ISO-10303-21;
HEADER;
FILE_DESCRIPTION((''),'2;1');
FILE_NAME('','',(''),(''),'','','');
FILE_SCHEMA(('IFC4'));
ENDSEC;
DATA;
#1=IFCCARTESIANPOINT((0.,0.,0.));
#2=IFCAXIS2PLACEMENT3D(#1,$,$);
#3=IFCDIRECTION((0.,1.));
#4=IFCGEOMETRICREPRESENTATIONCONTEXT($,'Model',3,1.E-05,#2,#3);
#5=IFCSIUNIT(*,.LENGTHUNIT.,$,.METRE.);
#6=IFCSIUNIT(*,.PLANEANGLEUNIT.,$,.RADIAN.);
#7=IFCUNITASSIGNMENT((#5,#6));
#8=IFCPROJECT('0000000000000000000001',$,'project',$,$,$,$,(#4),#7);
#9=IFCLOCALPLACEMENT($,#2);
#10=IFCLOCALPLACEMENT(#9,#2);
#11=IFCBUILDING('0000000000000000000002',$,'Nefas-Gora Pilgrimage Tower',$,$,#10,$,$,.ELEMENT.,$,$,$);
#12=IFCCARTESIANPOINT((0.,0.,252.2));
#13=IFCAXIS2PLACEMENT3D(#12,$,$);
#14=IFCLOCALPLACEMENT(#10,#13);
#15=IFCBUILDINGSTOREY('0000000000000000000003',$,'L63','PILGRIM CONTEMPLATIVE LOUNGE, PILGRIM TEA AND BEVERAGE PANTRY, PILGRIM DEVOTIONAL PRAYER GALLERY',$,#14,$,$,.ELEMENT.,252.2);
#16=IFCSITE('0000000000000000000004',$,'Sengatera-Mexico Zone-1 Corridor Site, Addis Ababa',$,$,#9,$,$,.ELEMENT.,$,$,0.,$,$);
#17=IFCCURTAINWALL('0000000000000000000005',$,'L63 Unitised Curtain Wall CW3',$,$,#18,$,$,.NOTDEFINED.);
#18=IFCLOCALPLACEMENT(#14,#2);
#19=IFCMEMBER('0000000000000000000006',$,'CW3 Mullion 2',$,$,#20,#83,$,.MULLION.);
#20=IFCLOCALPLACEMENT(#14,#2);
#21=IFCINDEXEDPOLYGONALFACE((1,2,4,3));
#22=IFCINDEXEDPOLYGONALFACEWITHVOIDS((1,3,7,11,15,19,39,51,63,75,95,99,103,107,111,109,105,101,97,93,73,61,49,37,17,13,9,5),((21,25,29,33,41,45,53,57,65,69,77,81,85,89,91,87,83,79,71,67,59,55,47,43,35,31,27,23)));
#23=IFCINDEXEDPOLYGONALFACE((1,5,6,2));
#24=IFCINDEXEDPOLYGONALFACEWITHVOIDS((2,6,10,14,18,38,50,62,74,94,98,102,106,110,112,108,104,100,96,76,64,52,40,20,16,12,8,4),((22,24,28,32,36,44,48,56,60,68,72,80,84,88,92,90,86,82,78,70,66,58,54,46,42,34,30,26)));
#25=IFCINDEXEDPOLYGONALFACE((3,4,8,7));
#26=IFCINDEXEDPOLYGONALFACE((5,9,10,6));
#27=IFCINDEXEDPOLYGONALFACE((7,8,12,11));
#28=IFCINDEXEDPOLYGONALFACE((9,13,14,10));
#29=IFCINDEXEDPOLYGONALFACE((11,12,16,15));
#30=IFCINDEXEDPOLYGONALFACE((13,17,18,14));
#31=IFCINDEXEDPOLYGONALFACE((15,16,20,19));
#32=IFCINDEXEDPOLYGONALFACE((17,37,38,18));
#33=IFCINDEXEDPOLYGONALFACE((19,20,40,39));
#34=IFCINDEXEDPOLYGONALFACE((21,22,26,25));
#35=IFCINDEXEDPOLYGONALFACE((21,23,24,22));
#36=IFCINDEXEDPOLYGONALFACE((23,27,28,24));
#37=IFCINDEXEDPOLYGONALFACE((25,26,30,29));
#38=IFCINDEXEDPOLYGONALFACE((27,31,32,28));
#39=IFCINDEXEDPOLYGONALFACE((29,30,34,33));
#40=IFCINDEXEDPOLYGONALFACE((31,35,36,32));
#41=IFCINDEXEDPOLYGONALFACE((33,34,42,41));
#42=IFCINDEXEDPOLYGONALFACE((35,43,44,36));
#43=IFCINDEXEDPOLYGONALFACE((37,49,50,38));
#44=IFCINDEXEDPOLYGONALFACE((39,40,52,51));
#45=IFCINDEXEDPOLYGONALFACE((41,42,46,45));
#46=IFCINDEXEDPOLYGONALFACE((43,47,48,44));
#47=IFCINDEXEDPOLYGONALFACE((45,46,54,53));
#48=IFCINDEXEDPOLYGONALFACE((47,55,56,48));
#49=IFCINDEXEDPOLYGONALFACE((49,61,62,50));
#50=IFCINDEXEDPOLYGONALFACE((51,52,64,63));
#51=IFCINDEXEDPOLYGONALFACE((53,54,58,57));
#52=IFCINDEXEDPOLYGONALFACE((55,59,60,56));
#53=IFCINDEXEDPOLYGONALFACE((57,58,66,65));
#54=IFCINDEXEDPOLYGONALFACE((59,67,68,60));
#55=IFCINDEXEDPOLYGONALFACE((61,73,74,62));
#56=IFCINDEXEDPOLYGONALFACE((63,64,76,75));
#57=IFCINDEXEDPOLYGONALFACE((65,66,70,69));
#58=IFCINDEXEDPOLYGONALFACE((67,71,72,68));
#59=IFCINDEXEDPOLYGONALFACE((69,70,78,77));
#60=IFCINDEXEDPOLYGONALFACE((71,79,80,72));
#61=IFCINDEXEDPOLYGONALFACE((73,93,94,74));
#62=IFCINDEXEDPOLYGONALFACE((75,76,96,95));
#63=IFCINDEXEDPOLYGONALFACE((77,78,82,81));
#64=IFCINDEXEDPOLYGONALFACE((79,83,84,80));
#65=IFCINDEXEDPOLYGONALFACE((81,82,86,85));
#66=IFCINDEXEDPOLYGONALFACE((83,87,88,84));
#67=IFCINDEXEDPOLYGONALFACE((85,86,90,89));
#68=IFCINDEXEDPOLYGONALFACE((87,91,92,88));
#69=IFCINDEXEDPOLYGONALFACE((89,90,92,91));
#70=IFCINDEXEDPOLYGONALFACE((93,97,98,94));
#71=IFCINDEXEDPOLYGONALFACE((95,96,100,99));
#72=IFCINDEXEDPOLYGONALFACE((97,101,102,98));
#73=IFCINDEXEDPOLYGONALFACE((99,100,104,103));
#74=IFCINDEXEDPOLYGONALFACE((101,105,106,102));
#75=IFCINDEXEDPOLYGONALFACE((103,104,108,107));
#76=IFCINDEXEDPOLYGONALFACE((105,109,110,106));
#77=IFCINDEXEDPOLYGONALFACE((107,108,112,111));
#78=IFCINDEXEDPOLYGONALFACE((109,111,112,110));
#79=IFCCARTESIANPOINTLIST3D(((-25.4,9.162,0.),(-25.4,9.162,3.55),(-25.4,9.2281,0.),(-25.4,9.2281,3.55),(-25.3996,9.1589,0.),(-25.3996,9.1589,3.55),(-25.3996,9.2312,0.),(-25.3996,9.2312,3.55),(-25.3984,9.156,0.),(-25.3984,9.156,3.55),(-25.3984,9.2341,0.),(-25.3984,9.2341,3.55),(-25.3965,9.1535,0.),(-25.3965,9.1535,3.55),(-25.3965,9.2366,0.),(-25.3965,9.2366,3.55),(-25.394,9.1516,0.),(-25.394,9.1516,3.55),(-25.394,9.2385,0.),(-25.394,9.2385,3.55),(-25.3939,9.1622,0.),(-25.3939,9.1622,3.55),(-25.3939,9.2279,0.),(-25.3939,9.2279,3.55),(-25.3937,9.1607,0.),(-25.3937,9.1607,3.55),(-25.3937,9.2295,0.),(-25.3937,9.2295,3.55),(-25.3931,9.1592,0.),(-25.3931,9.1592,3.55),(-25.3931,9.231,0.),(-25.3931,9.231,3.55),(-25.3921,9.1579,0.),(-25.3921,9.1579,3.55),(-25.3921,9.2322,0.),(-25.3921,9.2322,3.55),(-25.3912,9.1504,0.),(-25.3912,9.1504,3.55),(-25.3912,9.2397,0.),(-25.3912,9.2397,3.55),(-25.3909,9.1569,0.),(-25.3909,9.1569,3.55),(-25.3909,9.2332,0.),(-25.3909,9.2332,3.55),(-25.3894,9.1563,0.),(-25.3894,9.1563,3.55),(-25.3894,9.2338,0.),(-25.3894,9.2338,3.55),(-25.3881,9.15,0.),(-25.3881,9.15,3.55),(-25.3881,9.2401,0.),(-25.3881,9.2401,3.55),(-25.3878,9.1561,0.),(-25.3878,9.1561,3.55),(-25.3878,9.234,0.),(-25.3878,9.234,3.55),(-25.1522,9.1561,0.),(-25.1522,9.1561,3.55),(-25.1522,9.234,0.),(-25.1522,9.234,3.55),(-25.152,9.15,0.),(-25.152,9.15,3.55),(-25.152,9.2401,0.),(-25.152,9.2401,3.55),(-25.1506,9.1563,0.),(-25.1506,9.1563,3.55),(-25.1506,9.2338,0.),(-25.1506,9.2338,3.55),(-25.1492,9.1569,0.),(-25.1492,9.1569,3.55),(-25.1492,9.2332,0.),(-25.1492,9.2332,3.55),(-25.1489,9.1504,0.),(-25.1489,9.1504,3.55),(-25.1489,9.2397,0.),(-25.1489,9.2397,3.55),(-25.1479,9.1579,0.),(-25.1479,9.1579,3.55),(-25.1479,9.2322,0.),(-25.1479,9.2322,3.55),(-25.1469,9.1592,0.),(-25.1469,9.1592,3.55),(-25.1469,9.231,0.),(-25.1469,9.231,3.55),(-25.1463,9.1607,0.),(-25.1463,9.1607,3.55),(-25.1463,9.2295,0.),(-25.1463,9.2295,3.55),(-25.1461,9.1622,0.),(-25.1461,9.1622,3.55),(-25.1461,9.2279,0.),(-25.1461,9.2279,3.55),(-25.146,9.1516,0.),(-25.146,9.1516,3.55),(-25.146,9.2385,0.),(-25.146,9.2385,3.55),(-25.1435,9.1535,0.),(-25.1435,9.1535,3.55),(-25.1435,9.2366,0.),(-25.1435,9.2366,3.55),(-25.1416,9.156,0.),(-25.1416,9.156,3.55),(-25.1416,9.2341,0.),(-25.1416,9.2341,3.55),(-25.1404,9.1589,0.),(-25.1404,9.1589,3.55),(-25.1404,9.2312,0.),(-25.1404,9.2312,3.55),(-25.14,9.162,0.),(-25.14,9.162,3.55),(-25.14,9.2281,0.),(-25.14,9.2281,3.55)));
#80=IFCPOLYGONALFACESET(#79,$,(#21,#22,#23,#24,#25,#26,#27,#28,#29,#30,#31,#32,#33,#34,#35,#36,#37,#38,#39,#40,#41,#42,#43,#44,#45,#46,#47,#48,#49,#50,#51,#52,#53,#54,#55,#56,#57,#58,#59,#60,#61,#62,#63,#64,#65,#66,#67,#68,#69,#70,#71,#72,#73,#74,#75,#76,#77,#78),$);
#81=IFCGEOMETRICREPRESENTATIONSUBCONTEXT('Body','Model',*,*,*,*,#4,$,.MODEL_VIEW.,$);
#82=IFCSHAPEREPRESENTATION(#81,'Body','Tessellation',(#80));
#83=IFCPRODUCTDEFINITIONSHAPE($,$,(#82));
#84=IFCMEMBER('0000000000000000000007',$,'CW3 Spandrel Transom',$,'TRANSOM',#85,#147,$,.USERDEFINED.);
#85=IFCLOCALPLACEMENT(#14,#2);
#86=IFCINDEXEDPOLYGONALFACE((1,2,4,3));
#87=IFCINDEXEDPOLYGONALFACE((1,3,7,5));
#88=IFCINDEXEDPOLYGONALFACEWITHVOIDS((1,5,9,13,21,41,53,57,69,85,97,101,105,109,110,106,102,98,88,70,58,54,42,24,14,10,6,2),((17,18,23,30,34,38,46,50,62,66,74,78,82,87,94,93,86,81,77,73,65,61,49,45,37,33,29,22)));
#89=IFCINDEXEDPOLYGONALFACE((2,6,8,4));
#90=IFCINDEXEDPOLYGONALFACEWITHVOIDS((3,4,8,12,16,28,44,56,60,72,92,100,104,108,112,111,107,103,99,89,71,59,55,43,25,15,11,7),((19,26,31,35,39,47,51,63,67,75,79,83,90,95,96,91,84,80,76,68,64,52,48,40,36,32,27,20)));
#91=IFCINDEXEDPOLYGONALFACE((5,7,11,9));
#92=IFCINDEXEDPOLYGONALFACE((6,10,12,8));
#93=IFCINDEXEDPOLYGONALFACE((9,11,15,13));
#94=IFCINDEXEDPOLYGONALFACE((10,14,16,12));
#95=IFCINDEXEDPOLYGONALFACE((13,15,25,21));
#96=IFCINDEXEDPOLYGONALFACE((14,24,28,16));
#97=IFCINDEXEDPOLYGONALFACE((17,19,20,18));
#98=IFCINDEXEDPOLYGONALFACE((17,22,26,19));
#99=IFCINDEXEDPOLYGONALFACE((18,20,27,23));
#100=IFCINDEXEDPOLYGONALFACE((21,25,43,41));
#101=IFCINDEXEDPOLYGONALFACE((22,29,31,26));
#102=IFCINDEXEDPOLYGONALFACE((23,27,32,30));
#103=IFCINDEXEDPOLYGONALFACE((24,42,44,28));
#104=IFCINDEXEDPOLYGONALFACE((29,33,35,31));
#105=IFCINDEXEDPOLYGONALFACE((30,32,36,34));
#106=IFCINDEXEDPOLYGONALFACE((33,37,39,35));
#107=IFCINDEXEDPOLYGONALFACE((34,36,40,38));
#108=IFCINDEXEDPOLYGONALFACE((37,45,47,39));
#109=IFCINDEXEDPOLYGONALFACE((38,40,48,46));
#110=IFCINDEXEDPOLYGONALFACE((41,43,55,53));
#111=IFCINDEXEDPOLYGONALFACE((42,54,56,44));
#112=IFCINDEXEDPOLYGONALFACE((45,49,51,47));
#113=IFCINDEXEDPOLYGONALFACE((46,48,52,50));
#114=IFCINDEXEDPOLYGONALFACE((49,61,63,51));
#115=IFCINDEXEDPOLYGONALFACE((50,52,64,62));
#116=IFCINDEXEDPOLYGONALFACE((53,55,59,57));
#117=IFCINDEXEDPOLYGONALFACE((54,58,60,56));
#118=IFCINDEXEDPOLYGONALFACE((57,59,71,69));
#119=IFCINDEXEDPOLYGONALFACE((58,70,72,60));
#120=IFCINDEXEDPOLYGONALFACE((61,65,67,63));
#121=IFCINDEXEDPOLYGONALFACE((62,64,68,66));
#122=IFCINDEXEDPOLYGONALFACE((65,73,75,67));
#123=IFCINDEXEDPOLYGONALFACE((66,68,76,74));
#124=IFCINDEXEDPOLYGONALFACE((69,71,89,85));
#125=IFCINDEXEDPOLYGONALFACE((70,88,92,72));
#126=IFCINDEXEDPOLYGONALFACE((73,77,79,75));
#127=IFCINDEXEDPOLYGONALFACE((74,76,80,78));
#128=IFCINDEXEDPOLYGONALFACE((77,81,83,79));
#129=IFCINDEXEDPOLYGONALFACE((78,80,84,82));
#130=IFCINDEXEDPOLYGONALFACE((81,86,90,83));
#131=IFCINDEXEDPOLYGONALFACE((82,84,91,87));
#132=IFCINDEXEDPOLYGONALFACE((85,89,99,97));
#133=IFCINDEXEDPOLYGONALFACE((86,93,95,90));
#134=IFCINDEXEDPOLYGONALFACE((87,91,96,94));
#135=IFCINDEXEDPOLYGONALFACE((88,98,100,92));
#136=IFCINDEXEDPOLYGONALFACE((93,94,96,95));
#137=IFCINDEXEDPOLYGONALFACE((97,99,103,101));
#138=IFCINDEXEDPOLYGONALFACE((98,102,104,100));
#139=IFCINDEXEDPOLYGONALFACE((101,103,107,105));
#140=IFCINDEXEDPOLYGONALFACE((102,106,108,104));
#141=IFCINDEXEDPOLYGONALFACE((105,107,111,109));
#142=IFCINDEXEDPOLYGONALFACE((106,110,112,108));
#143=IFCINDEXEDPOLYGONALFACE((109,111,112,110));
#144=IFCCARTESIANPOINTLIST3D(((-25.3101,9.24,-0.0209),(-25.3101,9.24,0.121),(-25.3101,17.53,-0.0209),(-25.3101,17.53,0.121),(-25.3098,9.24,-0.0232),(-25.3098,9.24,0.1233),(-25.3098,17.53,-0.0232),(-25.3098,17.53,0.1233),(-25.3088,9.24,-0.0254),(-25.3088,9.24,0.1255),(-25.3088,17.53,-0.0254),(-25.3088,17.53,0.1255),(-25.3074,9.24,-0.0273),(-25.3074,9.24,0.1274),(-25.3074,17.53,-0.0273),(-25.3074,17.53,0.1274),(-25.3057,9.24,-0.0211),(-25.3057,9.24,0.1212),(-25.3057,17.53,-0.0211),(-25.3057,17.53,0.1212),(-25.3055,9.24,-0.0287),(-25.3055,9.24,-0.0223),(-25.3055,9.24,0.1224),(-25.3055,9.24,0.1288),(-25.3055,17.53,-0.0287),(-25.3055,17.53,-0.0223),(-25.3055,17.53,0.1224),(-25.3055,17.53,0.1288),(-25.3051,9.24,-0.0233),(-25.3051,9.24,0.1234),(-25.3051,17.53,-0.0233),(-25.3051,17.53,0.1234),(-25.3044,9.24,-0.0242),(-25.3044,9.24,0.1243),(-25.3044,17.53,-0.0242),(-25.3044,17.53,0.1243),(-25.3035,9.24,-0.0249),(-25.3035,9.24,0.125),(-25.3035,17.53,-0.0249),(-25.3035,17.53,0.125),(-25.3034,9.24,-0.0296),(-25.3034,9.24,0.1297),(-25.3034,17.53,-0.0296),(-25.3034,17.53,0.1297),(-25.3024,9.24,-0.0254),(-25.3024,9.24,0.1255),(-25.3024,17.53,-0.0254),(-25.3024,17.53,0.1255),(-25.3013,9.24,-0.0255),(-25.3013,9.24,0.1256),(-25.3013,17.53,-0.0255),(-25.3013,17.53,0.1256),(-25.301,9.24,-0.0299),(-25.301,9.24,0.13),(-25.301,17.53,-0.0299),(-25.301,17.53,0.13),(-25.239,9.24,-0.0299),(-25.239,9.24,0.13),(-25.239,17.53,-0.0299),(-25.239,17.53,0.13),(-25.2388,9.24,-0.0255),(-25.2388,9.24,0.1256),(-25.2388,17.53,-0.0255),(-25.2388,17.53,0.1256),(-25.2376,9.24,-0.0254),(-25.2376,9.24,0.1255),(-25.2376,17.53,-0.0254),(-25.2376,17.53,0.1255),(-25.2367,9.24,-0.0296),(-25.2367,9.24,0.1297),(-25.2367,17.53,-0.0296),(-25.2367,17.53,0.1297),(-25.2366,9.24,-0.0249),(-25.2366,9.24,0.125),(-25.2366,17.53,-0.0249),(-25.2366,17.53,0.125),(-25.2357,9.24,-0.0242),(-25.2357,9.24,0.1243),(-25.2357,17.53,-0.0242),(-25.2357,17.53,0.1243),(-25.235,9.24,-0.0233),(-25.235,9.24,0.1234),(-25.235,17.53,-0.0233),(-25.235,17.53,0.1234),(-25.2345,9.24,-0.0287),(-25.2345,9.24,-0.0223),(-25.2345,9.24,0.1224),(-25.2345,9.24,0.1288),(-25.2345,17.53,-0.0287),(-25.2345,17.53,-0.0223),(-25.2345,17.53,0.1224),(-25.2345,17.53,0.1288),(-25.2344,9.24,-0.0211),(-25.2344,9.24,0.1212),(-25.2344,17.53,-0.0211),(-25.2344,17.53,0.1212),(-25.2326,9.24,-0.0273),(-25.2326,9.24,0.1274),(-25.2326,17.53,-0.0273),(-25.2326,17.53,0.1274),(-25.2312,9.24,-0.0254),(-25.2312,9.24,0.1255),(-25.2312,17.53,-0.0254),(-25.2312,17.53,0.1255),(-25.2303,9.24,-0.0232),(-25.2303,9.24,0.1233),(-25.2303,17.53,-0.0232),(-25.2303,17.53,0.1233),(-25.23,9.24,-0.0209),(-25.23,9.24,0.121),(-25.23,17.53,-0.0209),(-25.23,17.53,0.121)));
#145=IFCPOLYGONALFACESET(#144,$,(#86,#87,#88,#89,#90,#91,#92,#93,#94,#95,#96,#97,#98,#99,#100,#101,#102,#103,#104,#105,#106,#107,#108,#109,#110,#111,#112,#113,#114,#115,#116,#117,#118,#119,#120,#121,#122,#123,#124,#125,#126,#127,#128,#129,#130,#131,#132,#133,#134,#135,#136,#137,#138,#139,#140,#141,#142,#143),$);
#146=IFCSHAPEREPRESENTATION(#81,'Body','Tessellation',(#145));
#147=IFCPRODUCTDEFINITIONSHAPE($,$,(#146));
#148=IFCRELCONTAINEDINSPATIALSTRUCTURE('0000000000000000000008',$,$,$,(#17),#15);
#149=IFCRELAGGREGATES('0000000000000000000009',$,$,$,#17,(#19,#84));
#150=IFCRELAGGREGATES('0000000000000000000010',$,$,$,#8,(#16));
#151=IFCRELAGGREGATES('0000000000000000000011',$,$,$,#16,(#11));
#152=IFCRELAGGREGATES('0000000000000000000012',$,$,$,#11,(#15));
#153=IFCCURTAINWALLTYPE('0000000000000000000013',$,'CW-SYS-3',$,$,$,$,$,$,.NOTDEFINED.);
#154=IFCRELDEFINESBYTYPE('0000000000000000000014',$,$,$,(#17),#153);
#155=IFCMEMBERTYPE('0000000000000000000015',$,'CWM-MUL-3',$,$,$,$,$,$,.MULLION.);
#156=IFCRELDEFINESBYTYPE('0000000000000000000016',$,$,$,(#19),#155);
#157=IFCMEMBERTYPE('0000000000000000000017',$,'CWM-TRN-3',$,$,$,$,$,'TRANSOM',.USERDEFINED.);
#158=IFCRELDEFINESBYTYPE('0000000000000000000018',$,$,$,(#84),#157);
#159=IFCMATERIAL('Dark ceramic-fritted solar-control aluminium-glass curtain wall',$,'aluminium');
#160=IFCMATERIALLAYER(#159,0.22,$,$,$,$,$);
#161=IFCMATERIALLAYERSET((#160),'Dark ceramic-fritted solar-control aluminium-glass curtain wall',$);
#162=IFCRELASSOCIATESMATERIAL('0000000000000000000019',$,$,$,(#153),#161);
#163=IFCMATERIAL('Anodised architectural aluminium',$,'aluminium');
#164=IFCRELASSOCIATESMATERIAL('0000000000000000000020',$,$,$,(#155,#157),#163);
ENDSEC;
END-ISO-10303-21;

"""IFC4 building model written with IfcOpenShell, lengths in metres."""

from ifc_helpers import new_model, si_unit, direction, frame, origin, origin_2d, place, context, subcontext, project, spatial, hollow_rectangle, extrude, source, transform, mapped, material, layer, layer_set, material_profile, profile_set, type_object, element, aggregate, save


model = new_model("IFC4")

# Units and contexts
model_context = context("Model", 3, precision=1e-05, world=origin(), true_north=direction((0.0, 1.0)))
body_context = subcontext(model_context, "Body", "Model", "MODEL_VIEW")
ifc_project = project(units=[si_unit("LENGTHUNIT", "METRE"), si_unit("PLANEANGLEUNIT", "RADIAN")], contexts=[model_context])

# Site, building, storey
site_placement = place(None, origin())
site = spatial("IfcSite", under=ifc_project, at=site_placement, Name="Sengatera-Mexico Zone-1 Corridor Site, Addis Ababa", CompositionType="ELEMENT", RefElevation=0.0)
building_placement = place(site_placement, origin())
building = spatial("IfcBuilding", under=site, at=building_placement, Name="Nefas-Gora Pilgrimage Tower", CompositionType="ELEMENT")
storey_placement = place(building_placement, frame((0.0, 0.0, 252.2)))
storey = spatial("IfcBuildingStorey", under=building, at=storey_placement, Name="L63", Description="PILGRIM CONTEMPLATIVE LOUNGE, PILGRIM TEA AND BEVERAGE PANTRY, PILGRIM DEVOTIONAL PRAYER GALLERY", CompositionType="ELEMENT", Elevation=252.2)

# Curtain wall, members
ifc_material_1 = material(Name="Dark ceramic-fritted solar-control aluminium-glass curtain wall", Category="aluminium")
ifc_material_2 = material(Name="Anodised architectural aluminium", Category="aluminium")
ifc_layer_1 = layer(ifc_material_1, 0.22)
ifc_layer_set_1 = layer_set([ifc_layer_1], Name="Dark ceramic-fritted solar-control aluminium-glass curtain wall")
curtain_wall_type_1 = type_object("IfcCurtainWallType", Name="CW-SYS-3", PredefinedType="NOTDEFINED", material=ifc_layer_set_1)
ifc_material_profile_1 = material_profile(ifc_material_2, hollow_rectangle(XDim=0.0901, YDim=0.26, WallThickness=0.0061, InnerFilletRadius=0.0061, OuterFilletRadius=0.012, at=origin_2d()), Name="ALU MULLION 90x260")
ifc_profile_set_1 = profile_set([ifc_material_profile_1], Name="Anodised architectural aluminium")
member_type_1 = type_object("IfcMemberType", Name="CWM-MUL-3", PredefinedType="MULLION", material=ifc_profile_set_1)
shared_shape_1 = source(origin(), body_context, "Body", "SweptSolid", [
    extrude(hollow_rectangle(XDim=0.0901, YDim=0.26, WallThickness=0.0061, InnerFilletRadius=0.0061, OuterFilletRadius=0.012, at=origin_2d()), origin(), (0.0, 0.0, 1.0), 3.55),
])
curtain_wall_1_placement = place(storey_placement, origin())
curtain_wall_1 = element("IfcCurtainWall", 1, at=curtain_wall_1_placement, inside=storey, type_object=curtain_wall_type_1, Name="L63 Unitised Curtain Wall CW3", PredefinedType="NOTDEFINED")
member_1_placement = place(storey_placement, frame((-25.27, 9.1951, 0.0), z_axis=(0.0, 0.0, 1.0), x_axis=(0.0, -1.0, 0.0)))
member_1 = element("IfcMember", 2, at=member_1_placement, type_object=member_type_1, Name="CW3 Mullion 2", PredefinedType="MULLION", context=body_context, shape_type="MappedRepresentation", body=[
    mapped(shared_shape_1, transform((0.0, 0.0, 0.0), x_axis=(1.0, 0.0, 0.0), y_axis=(0.0, 1.0, 0.0), z_axis=(0.0, 0.0, 1.0), scale=1.0)),
])
ifc_material_profile_2 = material_profile(ifc_material_2, hollow_rectangle(XDim=0.0801, YDim=0.1599, WallThickness=0.0044, InnerFilletRadius=0.0044, OuterFilletRadius=0.009, at=origin_2d()), Name="ALU TRANSOM 80x160")
ifc_profile_set_2 = profile_set([ifc_material_profile_2], Name="Anodised architectural aluminium")
member_type_2 = type_object("IfcMemberType", Name="CWM-TRN-3", ElementType="TRANSOM", PredefinedType="USERDEFINED", material=ifc_profile_set_2)
shared_shape_2 = source(origin(), body_context, "Body", "SweptSolid", [
    extrude(hollow_rectangle(XDim=0.0801, YDim=0.1599, WallThickness=0.0044, InnerFilletRadius=0.0044, OuterFilletRadius=0.009, at=origin_2d()), origin(), (0.0, 0.0, 1.0), 8.29),
])
member_2_placement = place(storey_placement, frame((-25.27, 17.53, 0.05), z_axis=(0.0, -1.0, 0.0), x_axis=(1.0, 0.0, 0.0)))
member_2 = element("IfcMember", 3, at=member_2_placement, type_object=member_type_2, Name="CW3 Spandrel Transom", ObjectType="TRANSOM", PredefinedType="USERDEFINED", context=body_context, shape_type="MappedRepresentation", body=[
    mapped(shared_shape_2, transform((0.0, 0.0, 0.0), x_axis=(1.0, 0.0, 0.0), y_axis=(0.0, 1.0, 0.0), z_axis=(0.0, 0.0, 1.0), scale=1.0)),
])

aggregate(curtain_wall_1, [member_1, member_2])

save(model, "model.ifc")
